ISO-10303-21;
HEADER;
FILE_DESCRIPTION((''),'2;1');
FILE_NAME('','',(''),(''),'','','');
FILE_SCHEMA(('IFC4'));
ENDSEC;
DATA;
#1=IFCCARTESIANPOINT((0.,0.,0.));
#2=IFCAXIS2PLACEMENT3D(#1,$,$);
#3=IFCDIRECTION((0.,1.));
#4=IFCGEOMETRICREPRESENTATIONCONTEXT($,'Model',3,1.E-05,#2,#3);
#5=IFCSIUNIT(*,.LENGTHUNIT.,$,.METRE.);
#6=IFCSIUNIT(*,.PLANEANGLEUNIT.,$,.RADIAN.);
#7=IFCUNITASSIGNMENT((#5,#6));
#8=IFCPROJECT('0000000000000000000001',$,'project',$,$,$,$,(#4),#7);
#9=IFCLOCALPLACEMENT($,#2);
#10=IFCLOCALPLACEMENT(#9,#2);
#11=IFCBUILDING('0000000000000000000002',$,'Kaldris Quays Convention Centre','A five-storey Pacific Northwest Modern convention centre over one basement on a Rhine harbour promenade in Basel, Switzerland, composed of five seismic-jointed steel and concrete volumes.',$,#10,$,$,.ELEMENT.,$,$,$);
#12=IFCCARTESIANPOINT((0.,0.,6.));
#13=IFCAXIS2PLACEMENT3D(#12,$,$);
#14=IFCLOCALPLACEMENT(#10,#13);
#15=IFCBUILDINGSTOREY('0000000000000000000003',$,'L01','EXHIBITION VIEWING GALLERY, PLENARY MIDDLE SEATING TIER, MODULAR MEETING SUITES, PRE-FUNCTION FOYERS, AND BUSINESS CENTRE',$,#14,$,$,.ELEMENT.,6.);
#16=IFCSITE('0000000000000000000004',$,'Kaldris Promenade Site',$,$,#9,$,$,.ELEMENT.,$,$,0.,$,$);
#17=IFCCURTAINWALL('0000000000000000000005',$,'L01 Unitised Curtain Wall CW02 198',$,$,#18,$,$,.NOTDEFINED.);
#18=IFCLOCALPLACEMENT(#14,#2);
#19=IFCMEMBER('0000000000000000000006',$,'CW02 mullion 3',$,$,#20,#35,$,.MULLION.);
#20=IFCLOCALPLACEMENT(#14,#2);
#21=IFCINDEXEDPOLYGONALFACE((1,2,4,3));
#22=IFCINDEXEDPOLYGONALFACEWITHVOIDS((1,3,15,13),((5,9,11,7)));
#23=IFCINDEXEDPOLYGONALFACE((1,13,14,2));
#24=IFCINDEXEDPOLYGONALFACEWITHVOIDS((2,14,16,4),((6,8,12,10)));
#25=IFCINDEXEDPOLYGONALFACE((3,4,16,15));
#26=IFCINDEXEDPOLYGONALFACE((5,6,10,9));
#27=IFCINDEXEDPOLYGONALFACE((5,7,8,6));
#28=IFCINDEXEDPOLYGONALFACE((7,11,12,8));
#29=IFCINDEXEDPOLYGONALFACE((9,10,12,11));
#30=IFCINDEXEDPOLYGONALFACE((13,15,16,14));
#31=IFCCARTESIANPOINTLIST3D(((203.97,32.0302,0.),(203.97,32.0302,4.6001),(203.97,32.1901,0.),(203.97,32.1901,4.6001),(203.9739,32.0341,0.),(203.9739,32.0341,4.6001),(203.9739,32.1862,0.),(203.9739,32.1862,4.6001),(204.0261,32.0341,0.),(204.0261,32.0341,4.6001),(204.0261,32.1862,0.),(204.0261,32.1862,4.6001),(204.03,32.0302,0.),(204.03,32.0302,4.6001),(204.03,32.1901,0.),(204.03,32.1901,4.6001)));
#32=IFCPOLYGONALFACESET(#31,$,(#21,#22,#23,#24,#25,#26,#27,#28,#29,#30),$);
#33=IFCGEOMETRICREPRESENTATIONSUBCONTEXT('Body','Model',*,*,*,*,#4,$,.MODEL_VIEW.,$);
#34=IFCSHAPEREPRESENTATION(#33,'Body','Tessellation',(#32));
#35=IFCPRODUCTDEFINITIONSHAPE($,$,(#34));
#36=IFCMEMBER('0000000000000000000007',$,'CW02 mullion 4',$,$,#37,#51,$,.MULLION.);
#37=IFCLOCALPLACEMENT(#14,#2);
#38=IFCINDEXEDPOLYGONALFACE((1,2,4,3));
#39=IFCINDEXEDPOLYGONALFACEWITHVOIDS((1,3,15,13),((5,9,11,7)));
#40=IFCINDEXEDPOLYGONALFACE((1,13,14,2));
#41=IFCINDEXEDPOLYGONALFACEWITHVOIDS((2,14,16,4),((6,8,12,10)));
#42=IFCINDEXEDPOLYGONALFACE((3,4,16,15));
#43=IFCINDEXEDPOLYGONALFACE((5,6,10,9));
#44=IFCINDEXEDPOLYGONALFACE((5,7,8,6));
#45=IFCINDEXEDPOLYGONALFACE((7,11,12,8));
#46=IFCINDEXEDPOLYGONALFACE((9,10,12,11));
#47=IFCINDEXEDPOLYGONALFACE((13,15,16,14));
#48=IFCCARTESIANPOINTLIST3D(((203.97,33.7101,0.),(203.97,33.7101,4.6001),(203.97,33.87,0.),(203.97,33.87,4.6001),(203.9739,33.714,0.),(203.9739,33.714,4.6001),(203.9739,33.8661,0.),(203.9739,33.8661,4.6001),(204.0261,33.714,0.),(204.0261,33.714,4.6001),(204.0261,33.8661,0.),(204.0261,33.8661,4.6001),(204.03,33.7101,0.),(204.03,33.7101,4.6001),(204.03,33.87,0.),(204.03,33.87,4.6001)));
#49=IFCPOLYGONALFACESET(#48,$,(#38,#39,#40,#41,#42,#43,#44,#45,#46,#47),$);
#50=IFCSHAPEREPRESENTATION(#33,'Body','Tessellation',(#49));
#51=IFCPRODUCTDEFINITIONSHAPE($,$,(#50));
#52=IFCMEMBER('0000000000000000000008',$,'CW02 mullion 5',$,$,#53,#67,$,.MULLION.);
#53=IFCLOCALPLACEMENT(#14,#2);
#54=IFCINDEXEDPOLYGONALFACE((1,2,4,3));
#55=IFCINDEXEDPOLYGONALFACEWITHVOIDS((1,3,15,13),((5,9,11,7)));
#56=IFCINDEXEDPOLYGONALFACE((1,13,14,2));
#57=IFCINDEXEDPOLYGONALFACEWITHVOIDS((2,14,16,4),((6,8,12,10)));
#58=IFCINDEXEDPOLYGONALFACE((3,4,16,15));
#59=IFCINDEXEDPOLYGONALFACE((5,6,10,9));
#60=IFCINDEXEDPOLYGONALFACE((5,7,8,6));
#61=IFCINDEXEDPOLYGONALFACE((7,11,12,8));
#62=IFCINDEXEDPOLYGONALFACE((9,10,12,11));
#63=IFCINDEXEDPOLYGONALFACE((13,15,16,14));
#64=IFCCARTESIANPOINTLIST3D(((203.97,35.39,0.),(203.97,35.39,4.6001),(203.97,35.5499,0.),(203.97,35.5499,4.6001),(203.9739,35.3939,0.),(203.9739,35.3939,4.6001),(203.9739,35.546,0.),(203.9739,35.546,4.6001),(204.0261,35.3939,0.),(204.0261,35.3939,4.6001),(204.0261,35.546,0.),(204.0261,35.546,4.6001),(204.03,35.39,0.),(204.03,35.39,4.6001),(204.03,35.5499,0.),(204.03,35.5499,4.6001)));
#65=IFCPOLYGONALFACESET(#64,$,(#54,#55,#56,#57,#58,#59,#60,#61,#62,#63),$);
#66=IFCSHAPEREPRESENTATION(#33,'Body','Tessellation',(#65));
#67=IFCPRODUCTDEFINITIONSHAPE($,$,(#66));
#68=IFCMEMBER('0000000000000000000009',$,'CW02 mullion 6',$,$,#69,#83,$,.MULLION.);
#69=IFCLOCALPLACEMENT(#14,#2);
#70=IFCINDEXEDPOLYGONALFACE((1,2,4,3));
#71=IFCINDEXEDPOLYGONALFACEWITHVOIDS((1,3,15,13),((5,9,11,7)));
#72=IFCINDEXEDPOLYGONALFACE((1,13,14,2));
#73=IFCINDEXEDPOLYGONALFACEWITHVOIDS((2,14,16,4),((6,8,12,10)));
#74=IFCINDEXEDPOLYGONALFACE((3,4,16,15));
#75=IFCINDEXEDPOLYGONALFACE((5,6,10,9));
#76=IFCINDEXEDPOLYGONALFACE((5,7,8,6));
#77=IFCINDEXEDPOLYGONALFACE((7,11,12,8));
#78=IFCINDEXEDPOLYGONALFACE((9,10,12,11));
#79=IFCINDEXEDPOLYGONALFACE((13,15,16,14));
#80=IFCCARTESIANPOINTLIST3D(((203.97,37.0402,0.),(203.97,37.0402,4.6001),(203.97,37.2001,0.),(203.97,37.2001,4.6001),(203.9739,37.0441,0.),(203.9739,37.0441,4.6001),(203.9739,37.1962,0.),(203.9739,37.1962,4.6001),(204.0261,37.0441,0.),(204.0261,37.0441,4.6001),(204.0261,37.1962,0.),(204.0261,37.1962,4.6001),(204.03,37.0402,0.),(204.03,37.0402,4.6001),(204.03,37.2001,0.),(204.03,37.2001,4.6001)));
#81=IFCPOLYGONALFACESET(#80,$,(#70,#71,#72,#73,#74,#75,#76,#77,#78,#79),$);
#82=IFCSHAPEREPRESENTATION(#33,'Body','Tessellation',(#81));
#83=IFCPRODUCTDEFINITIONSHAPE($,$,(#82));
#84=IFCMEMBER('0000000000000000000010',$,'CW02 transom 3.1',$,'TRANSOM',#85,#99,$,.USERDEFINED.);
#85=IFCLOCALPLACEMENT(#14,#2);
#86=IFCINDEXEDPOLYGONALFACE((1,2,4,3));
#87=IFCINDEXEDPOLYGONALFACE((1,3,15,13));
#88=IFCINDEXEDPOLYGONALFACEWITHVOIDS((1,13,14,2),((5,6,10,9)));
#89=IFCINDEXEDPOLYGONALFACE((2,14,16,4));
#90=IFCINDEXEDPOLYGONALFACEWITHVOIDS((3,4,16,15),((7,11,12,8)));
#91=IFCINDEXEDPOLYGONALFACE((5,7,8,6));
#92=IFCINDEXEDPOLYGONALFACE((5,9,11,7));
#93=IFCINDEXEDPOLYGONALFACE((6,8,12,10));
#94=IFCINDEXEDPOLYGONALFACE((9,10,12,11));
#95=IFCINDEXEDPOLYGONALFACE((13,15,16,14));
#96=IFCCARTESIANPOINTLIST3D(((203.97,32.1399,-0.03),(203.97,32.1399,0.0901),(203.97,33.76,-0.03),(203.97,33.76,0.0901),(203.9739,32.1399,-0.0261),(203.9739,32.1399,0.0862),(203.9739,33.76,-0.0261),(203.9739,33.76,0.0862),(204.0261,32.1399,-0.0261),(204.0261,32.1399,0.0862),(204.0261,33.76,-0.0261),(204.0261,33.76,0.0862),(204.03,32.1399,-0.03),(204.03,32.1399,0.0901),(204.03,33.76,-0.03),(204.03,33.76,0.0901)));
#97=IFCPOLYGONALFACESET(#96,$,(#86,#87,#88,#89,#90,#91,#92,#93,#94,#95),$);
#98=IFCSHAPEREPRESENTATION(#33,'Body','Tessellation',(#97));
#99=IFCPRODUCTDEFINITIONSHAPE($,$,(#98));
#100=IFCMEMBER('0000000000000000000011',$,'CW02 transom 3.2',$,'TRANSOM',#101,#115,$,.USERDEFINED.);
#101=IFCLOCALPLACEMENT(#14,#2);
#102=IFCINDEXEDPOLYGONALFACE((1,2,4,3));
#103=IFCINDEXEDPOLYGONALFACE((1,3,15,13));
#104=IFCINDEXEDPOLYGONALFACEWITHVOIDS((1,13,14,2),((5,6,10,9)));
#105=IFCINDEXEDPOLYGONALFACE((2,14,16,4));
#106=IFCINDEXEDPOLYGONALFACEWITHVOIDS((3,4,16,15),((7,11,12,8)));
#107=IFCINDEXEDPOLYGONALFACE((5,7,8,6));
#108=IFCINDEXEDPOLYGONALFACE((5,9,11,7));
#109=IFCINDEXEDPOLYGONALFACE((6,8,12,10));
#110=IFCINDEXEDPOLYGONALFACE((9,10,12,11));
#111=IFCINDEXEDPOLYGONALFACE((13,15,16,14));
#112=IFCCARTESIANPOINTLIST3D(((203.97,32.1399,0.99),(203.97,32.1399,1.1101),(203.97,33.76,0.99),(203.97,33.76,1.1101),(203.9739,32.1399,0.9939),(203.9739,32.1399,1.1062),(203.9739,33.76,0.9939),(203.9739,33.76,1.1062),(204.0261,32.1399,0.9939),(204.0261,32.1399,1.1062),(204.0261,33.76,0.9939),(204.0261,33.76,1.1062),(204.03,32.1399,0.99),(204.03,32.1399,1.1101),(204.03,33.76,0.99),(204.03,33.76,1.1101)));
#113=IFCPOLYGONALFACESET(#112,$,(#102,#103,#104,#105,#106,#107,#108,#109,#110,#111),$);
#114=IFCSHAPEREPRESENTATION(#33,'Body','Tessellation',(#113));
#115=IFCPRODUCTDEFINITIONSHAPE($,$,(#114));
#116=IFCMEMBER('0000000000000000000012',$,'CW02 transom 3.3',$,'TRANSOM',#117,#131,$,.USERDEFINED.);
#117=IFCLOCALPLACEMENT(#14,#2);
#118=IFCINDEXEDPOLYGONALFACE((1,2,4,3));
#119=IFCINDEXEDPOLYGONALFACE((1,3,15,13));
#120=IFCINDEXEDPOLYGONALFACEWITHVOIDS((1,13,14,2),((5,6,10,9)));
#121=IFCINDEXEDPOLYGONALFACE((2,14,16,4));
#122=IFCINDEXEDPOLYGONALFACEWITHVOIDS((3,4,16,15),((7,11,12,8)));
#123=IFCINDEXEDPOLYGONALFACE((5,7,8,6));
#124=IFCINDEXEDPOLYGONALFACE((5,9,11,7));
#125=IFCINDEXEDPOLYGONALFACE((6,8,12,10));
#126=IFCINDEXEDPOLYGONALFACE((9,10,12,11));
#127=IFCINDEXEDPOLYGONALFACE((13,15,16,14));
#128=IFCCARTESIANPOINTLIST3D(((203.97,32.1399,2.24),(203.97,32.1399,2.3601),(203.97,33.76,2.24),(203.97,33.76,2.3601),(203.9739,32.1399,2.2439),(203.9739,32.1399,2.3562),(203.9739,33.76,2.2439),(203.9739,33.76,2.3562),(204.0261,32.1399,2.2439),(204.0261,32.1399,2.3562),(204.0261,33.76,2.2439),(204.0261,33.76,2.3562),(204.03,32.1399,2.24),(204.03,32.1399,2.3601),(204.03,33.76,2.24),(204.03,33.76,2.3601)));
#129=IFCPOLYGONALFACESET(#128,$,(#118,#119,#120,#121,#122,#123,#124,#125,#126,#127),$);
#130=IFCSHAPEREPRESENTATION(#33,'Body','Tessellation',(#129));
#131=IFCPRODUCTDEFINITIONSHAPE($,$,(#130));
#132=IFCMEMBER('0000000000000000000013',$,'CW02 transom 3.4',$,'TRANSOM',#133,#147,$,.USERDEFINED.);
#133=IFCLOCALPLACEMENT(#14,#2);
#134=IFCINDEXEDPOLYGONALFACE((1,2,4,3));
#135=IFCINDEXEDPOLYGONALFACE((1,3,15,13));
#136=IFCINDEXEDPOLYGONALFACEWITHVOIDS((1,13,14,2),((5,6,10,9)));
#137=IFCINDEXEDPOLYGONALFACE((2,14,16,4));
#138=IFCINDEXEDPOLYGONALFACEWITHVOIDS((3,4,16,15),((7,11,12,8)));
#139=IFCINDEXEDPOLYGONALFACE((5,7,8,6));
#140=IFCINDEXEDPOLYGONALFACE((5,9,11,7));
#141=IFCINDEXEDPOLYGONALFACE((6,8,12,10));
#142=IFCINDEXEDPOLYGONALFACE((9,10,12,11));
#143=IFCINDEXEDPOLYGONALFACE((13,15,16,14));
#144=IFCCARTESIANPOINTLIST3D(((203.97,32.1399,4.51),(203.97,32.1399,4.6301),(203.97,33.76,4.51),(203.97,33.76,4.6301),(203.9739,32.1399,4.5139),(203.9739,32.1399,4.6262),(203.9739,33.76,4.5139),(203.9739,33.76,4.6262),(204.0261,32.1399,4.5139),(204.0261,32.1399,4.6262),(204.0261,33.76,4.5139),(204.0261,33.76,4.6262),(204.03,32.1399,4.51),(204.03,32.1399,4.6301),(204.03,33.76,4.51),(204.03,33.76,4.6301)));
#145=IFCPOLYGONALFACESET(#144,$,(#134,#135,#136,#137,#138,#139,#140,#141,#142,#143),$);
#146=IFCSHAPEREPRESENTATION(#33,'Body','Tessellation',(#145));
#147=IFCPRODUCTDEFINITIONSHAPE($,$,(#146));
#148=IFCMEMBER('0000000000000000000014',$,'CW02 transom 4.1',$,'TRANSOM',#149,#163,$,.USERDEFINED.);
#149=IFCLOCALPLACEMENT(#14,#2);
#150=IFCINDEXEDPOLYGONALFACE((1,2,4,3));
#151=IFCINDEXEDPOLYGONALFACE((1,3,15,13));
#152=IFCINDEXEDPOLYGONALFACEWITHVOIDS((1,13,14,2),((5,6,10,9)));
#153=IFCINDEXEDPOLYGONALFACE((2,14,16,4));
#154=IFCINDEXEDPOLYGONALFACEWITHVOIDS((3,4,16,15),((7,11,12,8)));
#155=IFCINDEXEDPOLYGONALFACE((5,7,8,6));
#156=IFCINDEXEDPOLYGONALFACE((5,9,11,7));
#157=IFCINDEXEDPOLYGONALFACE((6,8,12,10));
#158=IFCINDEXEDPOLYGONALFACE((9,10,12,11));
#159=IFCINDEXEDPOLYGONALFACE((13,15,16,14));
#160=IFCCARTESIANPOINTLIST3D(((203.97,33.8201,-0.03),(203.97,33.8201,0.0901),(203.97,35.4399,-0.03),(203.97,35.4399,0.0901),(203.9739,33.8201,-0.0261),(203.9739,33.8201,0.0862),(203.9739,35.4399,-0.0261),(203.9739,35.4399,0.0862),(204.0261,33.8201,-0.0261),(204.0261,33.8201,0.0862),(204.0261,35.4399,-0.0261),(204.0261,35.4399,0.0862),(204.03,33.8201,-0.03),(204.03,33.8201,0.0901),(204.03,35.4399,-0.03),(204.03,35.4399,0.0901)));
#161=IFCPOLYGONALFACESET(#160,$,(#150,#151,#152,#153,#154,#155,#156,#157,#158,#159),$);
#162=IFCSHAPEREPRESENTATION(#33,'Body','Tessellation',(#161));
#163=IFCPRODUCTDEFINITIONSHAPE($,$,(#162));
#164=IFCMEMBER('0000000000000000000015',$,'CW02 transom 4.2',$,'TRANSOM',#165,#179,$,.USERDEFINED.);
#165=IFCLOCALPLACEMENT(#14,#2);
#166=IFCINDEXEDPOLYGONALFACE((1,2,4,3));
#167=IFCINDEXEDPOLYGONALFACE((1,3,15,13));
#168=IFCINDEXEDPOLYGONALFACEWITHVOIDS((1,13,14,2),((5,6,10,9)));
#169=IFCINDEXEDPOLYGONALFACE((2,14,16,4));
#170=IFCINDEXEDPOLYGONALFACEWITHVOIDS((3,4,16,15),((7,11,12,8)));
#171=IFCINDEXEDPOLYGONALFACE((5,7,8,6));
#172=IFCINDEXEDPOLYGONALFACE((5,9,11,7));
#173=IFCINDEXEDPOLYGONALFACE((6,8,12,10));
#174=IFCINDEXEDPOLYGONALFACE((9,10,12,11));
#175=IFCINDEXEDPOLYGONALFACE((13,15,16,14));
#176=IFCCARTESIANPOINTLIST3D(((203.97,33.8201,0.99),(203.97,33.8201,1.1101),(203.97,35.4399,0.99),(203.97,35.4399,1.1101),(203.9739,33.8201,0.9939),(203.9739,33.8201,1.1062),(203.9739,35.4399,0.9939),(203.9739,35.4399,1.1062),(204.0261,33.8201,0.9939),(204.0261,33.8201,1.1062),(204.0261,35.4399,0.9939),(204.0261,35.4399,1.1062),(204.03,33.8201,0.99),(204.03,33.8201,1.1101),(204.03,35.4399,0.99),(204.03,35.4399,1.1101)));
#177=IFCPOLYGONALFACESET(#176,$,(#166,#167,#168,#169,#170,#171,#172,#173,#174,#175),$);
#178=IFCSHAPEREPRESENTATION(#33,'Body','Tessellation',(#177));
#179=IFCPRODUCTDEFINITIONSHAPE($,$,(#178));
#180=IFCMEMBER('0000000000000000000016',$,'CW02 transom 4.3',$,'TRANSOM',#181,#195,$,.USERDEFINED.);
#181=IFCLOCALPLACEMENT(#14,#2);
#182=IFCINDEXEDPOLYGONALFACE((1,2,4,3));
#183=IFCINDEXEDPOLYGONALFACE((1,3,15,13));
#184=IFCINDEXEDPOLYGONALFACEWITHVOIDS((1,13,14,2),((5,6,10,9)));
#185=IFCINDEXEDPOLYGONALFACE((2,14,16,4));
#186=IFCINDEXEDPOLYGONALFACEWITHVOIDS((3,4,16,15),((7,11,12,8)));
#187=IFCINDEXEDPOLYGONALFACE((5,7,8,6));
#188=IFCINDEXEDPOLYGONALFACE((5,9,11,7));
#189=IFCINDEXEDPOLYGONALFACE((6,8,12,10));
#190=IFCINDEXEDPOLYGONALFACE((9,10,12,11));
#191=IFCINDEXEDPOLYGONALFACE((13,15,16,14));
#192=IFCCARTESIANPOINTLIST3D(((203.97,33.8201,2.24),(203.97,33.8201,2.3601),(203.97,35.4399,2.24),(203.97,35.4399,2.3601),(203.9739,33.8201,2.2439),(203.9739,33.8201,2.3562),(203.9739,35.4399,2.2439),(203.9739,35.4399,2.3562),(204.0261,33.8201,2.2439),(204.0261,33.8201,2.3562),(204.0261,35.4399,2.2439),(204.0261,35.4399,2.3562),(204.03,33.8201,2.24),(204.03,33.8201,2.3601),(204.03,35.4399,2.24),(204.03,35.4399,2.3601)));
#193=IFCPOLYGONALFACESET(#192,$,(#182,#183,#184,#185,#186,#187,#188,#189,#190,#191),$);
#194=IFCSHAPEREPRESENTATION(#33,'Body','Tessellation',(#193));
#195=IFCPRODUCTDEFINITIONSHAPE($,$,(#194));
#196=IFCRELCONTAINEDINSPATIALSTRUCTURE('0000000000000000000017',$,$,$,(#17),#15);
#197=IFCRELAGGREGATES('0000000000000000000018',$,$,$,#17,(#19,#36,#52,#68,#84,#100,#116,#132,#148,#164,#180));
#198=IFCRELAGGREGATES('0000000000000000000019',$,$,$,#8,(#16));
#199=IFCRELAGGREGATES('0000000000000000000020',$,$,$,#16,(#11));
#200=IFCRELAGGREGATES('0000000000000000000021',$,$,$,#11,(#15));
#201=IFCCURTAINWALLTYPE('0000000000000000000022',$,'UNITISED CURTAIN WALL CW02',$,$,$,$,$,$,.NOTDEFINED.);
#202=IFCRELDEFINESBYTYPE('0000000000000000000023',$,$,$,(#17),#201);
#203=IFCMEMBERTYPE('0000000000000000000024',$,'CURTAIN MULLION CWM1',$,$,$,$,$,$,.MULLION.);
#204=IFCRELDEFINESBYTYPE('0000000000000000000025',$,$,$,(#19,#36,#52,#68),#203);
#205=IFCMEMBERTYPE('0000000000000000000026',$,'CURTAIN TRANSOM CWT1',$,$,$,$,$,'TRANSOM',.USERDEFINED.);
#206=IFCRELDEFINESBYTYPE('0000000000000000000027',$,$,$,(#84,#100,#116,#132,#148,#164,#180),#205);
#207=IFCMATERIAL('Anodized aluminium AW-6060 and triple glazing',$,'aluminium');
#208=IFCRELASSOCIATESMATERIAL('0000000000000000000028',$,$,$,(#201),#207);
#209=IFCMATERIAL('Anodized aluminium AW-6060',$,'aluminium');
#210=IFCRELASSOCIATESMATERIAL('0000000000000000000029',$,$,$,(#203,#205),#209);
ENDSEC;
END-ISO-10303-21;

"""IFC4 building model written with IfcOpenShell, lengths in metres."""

from ifc_helpers import new_model, si_unit, direction, frame, origin, origin_2d, place, context, subcontext, project, spatial, hollow_rectangle, extrude, material, material_profile, profile_set, type_object, element, aggregate, save


model = new_model("IFC4")

# Units and contexts
model_context = context("Model", 3, precision=1e-05, world=origin(), true_north=direction((0.0, 1.0)))
body_context = subcontext(model_context, "Body", "Model", "MODEL_VIEW")
ifc_project = project(units=[si_unit("LENGTHUNIT", "METRE"), si_unit("PLANEANGLEUNIT", "RADIAN")], contexts=[model_context])

# Site, building, storey
site_placement = place(None, origin())
site = spatial("IfcSite", under=ifc_project, at=site_placement, Name="Kaldris Promenade Site", CompositionType="ELEMENT", RefElevation=0.0)
building_placement = place(site_placement, origin())
building = spatial("IfcBuilding", under=site, at=building_placement, Name="Kaldris Quays Convention Centre", Description="A five-storey Pacific Northwest Modern convention centre over one basement on a Rhine harbour promenade in Basel, Switzerland, composed of five seismic-jointed steel and concrete volumes.", CompositionType="ELEMENT")
storey_placement = place(building_placement, frame((0.0, 0.0, 6.0)))
storey = spatial("IfcBuildingStorey", under=building, at=storey_placement, Name="L01", Description="EXHIBITION VIEWING GALLERY, PLENARY MIDDLE SEATING TIER, MODULAR MEETING SUITES, PRE-FUNCTION FOYERS, AND BUSINESS CENTRE", CompositionType="ELEMENT", Elevation=6.0)

# Curtain wall, members
ifc_material_1 = material(Name="Anodized aluminium AW-6060 and triple glazing", Category="aluminium")
curtain_wall_type = type_object("IfcCurtainWallType", Name="UNITISED CURTAIN WALL CW02", PredefinedType="NOTDEFINED", material=ifc_material_1)
curtain_wall_placement = place(storey_placement, origin())
curtain_wall = element("IfcCurtainWall", 1, at=curtain_wall_placement, inside=storey, type_object=curtain_wall_type, Name="L01 Unitised Curtain Wall CW02 198", PredefinedType="NOTDEFINED")
ifc_material_2 = material(Name="Anodized aluminium AW-6060", Category="aluminium")
ifc_material_profile_1 = material_profile(ifc_material_2, hollow_rectangle(XDim=0.0601, YDim=0.1599, WallThickness=0.0039, at=origin_2d()), Name="RHS 160x60x4")
ifc_profile_set_1 = profile_set([ifc_material_profile_1], Name="Anodized aluminium AW-6060")
member_type_1 = type_object("IfcMemberType", Name="CURTAIN MULLION CWM1", PredefinedType="MULLION", material=ifc_profile_set_1)
member_1_placement = place(storey_placement, frame((204.0, 32.1101, 0.0), z_axis=(0.0, 0.0, 1.0), x_axis=(-1.0, 0.0, 0.0)))
member_1 = element("IfcMember", 2, at=member_1_placement, type_object=member_type_1, Name="CW02 mullion 3", PredefinedType="MULLION", context=body_context, shape_type="SweptSolid", body=[
    extrude(hollow_rectangle(XDim=0.0601, YDim=0.1599, WallThickness=0.0039, at=origin_2d()), origin(), (0.0, 0.0, 1.0), 4.6001),
])
member_2_placement = place(storey_placement, frame((204.0, 33.79, 0.0), z_axis=(0.0, 0.0, 1.0), x_axis=(-1.0, 0.0, 0.0)))
member_2 = element("IfcMember", 3, at=member_2_placement, type_object=member_type_1, Name="CW02 mullion 4", PredefinedType="MULLION", context=body_context, shape_type="SweptSolid", body=[
    extrude(hollow_rectangle(XDim=0.0601, YDim=0.1599, WallThickness=0.0039, at=origin_2d()), origin(), (0.0, 0.0, 1.0), 4.6001),
])
member_3_placement = place(storey_placement, frame((204.0, 35.47, 0.0), z_axis=(0.0, 0.0, 1.0), x_axis=(-1.0, 0.0, 0.0)))
member_3 = element("IfcMember", 4, at=member_3_placement, type_object=member_type_1, Name="CW02 mullion 5", PredefinedType="MULLION", context=body_context, shape_type="SweptSolid", body=[
    extrude(hollow_rectangle(XDim=0.0601, YDim=0.1599, WallThickness=0.0039, at=origin_2d()), origin(), (0.0, 0.0, 1.0), 4.6001),
])
member_4_placement = place(storey_placement, frame((204.0, 37.1201, 0.0), z_axis=(0.0, 0.0, 1.0), x_axis=(-1.0, 0.0, 0.0)))
member_4 = element("IfcMember", 5, at=member_4_placement, type_object=member_type_1, Name="CW02 mullion 6", PredefinedType="MULLION", context=body_context, shape_type="SweptSolid", body=[
    extrude(hollow_rectangle(XDim=0.0601, YDim=0.1599, WallThickness=0.0039, at=origin_2d()), origin(), (0.0, 0.0, 1.0), 4.6001),
])
ifc_material_profile_2 = material_profile(ifc_material_2, hollow_rectangle(XDim=0.0601, YDim=0.1201, WallThickness=0.0039, at=origin_2d()), Name="RHS 120x60x4")
ifc_profile_set_2 = profile_set([ifc_material_profile_2], Name="Anodized aluminium AW-6060")
member_type_2 = type_object("IfcMemberType", Name="CURTAIN TRANSOM CWT1", ElementType="TRANSOM", PredefinedType="USERDEFINED", material=ifc_profile_set_2)
member_5_placement = place(storey_placement, frame((204.0, 32.1399, 0.03), z_axis=(0.0, 1.0, 0.0), x_axis=(-1.0, 0.0, 0.0)))
member_5 = element("IfcMember", 6, at=member_5_placement, type_object=member_type_2, Name="CW02 transom 3.1", ObjectType="TRANSOM", PredefinedType="USERDEFINED", context=body_context, shape_type="SweptSolid", body=[
    extrude(hollow_rectangle(XDim=0.0601, YDim=0.1201, WallThickness=0.0039, at=origin_2d()), origin(), (0.0, 0.0, 1.0), 1.6201),
])
member_6_placement = place(storey_placement, frame((204.0, 32.1399, 1.05), z_axis=(0.0, 1.0, 0.0), x_axis=(-1.0, 0.0, 0.0)))
member_6 = element("IfcMember", 7, at=member_6_placement, type_object=member_type_2, Name="CW02 transom 3.2", ObjectType="TRANSOM", PredefinedType="USERDEFINED", context=body_context, shape_type="SweptSolid", body=[
    extrude(hollow_rectangle(XDim=0.0601, YDim=0.1201, WallThickness=0.0039, at=origin_2d()), origin(), (0.0, 0.0, 1.0), 1.6201),
])
member_7_placement = place(storey_placement, frame((204.0, 32.1399, 2.3), z_axis=(0.0, 1.0, 0.0), x_axis=(-1.0, 0.0, 0.0)))
member_7 = element("IfcMember", 8, at=member_7_placement, type_object=member_type_2, Name="CW02 transom 3.3", ObjectType="TRANSOM", PredefinedType="USERDEFINED", context=body_context, shape_type="SweptSolid", body=[
    extrude(hollow_rectangle(XDim=0.0601, YDim=0.1201, WallThickness=0.0039, at=origin_2d()), origin(), (0.0, 0.0, 1.0), 1.6201),
])
member_8_placement = place(storey_placement, frame((204.0, 32.1399, 4.5701), z_axis=(0.0, 1.0, 0.0), x_axis=(-1.0, 0.0, 0.0)))
member_8 = element("IfcMember", 9, at=member_8_placement, type_object=member_type_2, Name="CW02 transom 3.4", ObjectType="TRANSOM", PredefinedType="USERDEFINED", context=body_context, shape_type="SweptSolid", body=[
    extrude(hollow_rectangle(XDim=0.0601, YDim=0.1201, WallThickness=0.0039, at=origin_2d()), origin(), (0.0, 0.0, 1.0), 1.6201),
])
member_9_placement = place(storey_placement, frame((204.0, 33.8201, 0.03), z_axis=(0.0, 1.0, 0.0), x_axis=(-1.0, 0.0, 0.0)))
member_9 = element("IfcMember", 10, at=member_9_placement, type_object=member_type_2, Name="CW02 transom 4.1", ObjectType="TRANSOM", PredefinedType="USERDEFINED", context=body_context, shape_type="SweptSolid", body=[
    extrude(hollow_rectangle(XDim=0.0601, YDim=0.1201, WallThickness=0.0039, at=origin_2d()), origin(), (0.0, 0.0, 1.0), 1.6199),
])
member_10_placement = place(storey_placement, frame((204.0, 33.8201, 1.05), z_axis=(0.0, 1.0, 0.0), x_axis=(-1.0, 0.0, 0.0)))
member_10 = element("IfcMember", 11, at=member_10_placement, type_object=member_type_2, Name="CW02 transom 4.2", ObjectType="TRANSOM", PredefinedType="USERDEFINED", context=body_context, shape_type="SweptSolid", body=[
    extrude(hollow_rectangle(XDim=0.0601, YDim=0.1201, WallThickness=0.0039, at=origin_2d()), origin(), (0.0, 0.0, 1.0), 1.6199),
])
member_11_placement = place(storey_placement, frame((204.0, 33.8201, 2.3), z_axis=(0.0, 1.0, 0.0), x_axis=(-1.0, 0.0, 0.0)))
member_11 = element("IfcMember", 12, at=member_11_placement, type_object=member_type_2, Name="CW02 transom 4.3", ObjectType="TRANSOM", PredefinedType="USERDEFINED", context=body_context, shape_type="SweptSolid", body=[
    extrude(hollow_rectangle(XDim=0.0601, YDim=0.1201, WallThickness=0.0039, at=origin_2d()), origin(), (0.0, 0.0, 1.0), 1.6199),
])
aggregate(curtain_wall, [member_1, member_2, member_3, member_4, member_5, member_6, member_7, member_8, member_9, member_10, member_11])

save(model, "model.ifc")
